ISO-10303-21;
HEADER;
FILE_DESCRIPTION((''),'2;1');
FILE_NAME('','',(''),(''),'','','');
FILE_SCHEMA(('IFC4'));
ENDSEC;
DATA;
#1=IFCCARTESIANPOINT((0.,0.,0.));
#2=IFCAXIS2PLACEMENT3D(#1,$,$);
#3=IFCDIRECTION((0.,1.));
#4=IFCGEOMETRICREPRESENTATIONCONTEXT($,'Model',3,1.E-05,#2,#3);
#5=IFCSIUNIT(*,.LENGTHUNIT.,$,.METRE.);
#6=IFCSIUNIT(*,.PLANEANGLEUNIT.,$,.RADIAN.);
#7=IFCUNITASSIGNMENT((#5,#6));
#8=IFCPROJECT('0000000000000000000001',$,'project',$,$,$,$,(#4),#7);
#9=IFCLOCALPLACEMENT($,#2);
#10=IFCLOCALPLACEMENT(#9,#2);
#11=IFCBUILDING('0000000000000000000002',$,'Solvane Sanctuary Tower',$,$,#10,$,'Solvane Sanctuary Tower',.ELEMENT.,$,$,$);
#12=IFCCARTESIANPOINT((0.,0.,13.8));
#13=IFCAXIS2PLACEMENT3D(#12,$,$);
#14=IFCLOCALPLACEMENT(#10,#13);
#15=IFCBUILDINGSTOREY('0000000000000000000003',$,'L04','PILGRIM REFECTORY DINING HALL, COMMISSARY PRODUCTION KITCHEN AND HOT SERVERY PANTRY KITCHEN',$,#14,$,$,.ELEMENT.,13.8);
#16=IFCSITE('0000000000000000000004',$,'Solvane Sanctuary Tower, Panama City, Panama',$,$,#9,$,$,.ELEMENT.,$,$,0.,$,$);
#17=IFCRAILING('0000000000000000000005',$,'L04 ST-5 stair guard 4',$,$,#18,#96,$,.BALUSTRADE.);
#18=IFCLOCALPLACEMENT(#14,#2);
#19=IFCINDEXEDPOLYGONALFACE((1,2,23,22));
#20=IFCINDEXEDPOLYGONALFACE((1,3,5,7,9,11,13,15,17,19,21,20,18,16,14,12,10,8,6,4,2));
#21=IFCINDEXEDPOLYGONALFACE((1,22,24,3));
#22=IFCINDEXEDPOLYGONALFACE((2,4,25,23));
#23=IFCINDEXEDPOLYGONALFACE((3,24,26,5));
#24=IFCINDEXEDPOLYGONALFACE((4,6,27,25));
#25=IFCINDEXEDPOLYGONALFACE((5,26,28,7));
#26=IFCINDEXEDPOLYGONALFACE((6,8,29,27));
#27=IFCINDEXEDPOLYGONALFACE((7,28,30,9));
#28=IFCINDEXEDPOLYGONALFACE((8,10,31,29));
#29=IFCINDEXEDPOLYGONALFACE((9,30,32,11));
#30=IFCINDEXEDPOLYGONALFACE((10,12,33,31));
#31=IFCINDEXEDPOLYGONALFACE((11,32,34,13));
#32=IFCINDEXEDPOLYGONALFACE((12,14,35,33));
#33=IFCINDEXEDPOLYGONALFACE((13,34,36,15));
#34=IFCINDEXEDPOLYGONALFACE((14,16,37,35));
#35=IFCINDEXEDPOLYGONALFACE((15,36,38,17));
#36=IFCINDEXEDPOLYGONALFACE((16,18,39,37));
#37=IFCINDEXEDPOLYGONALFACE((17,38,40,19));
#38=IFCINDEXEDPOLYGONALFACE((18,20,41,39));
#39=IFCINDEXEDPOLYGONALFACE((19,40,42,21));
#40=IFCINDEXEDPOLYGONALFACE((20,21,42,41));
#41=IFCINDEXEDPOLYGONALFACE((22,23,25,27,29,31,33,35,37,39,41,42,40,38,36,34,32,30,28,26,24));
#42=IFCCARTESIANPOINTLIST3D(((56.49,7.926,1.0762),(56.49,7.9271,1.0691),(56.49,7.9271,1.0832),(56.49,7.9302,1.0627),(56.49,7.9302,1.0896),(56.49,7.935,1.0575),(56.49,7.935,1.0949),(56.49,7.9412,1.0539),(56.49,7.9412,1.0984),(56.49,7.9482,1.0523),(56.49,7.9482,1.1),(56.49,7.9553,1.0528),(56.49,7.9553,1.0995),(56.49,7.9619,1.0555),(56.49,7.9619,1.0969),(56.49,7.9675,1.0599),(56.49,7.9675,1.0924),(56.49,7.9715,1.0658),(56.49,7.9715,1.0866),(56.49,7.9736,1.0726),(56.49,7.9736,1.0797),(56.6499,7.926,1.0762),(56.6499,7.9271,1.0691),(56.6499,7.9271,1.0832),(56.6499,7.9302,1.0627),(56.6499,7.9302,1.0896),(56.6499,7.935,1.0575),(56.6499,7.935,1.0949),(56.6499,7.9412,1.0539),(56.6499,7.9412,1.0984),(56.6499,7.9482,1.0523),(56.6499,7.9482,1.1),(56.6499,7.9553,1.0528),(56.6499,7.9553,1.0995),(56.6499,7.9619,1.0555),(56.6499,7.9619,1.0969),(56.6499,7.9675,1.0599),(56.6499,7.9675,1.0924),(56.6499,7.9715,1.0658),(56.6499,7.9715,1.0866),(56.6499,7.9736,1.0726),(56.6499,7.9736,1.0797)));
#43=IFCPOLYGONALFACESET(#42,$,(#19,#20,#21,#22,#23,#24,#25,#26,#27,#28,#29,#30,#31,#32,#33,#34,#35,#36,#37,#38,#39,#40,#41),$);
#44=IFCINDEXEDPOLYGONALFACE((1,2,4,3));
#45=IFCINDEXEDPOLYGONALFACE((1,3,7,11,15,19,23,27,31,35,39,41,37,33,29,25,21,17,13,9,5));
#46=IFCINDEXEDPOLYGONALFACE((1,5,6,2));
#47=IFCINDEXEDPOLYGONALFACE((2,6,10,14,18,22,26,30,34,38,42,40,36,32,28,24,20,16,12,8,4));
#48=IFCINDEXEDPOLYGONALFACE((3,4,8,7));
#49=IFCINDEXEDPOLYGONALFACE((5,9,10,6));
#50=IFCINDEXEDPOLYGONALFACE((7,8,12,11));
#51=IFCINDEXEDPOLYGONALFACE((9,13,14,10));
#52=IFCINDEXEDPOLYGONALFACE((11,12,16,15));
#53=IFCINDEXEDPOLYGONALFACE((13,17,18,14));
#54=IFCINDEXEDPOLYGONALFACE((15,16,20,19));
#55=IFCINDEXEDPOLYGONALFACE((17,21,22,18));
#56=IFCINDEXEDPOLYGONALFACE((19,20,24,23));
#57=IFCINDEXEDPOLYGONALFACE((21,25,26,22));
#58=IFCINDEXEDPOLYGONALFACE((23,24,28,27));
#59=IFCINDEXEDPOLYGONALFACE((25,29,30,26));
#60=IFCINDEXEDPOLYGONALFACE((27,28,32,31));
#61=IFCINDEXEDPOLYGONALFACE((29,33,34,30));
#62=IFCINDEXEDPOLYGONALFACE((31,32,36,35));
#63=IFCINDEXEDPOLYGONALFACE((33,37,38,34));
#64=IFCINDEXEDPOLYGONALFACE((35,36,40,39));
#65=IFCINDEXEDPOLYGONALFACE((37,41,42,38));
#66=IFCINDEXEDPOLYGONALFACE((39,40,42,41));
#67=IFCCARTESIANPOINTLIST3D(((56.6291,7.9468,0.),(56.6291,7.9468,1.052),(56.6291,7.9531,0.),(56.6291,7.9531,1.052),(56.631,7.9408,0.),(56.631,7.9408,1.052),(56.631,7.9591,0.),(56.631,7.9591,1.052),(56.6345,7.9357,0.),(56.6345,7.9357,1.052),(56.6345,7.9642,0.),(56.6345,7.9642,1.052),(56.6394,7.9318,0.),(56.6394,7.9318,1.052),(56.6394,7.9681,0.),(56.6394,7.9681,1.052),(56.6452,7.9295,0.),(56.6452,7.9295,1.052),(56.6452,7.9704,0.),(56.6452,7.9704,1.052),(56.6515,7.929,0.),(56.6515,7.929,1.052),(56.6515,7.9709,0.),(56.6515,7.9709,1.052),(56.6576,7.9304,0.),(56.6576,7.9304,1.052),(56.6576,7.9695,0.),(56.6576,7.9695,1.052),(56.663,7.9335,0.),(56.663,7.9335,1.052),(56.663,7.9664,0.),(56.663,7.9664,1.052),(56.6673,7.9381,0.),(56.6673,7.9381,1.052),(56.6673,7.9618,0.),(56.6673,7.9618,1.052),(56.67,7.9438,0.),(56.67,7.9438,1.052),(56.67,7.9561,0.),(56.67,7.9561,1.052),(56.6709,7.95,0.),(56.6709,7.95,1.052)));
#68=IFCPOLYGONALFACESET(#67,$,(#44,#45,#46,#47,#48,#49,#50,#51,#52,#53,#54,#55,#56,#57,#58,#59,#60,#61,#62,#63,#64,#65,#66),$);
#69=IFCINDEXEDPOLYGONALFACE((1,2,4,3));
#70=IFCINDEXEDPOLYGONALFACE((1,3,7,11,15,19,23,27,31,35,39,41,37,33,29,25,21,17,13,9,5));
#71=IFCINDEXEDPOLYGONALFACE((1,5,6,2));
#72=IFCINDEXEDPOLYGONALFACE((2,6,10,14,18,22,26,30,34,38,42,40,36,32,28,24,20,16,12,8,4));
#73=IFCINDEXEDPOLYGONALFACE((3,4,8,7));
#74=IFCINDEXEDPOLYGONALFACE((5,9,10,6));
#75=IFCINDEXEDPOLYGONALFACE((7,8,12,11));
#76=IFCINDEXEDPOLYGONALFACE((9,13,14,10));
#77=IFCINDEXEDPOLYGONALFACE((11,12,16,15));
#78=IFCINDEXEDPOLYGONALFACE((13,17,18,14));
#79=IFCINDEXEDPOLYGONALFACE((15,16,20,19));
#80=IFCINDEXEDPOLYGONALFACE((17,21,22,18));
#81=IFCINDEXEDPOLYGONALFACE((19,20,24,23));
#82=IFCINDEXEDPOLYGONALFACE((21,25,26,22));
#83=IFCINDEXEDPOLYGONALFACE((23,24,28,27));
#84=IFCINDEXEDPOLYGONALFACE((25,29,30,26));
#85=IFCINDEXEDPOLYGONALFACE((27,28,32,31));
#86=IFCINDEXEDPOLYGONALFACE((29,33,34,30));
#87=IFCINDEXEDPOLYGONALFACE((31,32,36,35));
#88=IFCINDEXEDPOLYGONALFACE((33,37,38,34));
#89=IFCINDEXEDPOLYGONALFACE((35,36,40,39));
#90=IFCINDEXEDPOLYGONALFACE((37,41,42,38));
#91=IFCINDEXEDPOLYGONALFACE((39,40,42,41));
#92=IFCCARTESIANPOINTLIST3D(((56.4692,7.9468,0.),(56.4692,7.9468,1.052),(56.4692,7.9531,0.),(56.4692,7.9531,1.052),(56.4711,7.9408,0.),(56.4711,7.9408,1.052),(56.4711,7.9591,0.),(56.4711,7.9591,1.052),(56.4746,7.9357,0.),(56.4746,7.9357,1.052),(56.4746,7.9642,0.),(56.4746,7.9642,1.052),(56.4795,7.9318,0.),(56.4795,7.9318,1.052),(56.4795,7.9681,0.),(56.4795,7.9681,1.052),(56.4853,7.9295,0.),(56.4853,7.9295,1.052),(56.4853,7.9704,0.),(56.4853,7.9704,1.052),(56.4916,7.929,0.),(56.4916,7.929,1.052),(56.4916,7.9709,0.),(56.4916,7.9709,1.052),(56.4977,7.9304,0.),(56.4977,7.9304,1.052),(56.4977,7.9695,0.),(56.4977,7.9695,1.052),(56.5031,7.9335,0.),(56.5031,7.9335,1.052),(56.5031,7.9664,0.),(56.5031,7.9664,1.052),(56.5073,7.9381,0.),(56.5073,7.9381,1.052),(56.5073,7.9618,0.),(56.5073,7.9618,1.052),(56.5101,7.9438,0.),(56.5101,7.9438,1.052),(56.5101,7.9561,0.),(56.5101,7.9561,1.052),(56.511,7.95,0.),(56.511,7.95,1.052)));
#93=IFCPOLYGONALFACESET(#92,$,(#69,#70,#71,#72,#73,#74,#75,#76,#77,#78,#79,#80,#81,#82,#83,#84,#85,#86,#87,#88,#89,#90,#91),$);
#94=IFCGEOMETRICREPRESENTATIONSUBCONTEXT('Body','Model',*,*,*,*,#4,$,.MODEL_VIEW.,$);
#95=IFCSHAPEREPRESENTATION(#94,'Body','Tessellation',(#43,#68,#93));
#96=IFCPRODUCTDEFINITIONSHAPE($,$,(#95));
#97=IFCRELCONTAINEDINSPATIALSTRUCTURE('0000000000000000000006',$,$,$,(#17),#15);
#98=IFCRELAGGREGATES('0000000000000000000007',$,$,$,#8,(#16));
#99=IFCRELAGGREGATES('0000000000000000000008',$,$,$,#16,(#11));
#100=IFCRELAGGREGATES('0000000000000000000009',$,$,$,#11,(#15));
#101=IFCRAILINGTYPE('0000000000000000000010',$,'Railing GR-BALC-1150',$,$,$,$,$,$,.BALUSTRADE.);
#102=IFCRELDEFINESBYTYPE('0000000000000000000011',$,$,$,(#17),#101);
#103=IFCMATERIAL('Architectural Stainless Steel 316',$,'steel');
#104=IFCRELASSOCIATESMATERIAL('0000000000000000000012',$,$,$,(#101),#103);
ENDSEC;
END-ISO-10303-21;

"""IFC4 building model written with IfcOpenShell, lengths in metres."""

from ifc_helpers import new_model, si_unit, direction, frame, origin, origin_2d, place, context, subcontext, project, spatial, circle, extrude, material, type_object, element, save


model = new_model("IFC4")

# Units and contexts
model_context = context("Model", 3, precision=1e-05, world=origin(), true_north=direction((0.0, 1.0)))
body_context = subcontext(model_context, "Body", "Model", "MODEL_VIEW")
ifc_project = project(units=[si_unit("LENGTHUNIT", "METRE"), si_unit("PLANEANGLEUNIT", "RADIAN")], contexts=[model_context])

# Site, building, storey
site_placement = place(None, origin())
site = spatial("IfcSite", under=ifc_project, at=site_placement, Name="Solvane Sanctuary Tower, Panama City, Panama", CompositionType="ELEMENT", RefElevation=0.0)
building_placement = place(site_placement, origin())
building = spatial("IfcBuilding", under=site, at=building_placement, Name="Solvane Sanctuary Tower", LongName="Solvane Sanctuary Tower", CompositionType="ELEMENT")
storey_placement = place(building_placement, frame((0.0, 0.0, 13.8)))
storey = spatial("IfcBuildingStorey", under=building, at=storey_placement, Name="L04", Description="PILGRIM REFECTORY DINING HALL, COMMISSARY PRODUCTION KITCHEN AND HOT SERVERY PANTRY KITCHEN", CompositionType="ELEMENT", Elevation=13.8)

# Shared definitions
ifc_material_1 = material(Name="Architectural Stainless Steel 316", Category="steel")

# Railing
railing_type_1 = type_object("IfcRailingType", Name="Railing GR-BALC-1150", PredefinedType="BALUSTRADE", material=ifc_material_1)
railing_1_placement = place(storey_placement, frame((56.6499, 7.95, 0.0)))
element("IfcRailing", 1, at=railing_1_placement, inside=storey, type_object=railing_type_1, Name="L04 ST-5 stair guard 4", PredefinedType="BALUSTRADE", context=body_context, shape_type="SweptSolid", body=[
    extrude(circle(Radius=0.0239, at=origin_2d()), frame((0.0, 0.0, 1.0762), z_axis=(-1.0, 0.0, 0.0), x_axis=(0.0, -1.0, 0.0)), (0.0, 0.0, 1.0), 0.1599),
    extrude(circle(Radius=0.021, at=origin_2d()), origin(), (0.0, 0.0, 1.0), 1.052),
    extrude(circle(Radius=0.021, at=origin_2d()), frame((-0.1599, 0.0, 0.0)), (0.0, 0.0, 1.0), 1.052),
])

save(model, "model.ifc")
